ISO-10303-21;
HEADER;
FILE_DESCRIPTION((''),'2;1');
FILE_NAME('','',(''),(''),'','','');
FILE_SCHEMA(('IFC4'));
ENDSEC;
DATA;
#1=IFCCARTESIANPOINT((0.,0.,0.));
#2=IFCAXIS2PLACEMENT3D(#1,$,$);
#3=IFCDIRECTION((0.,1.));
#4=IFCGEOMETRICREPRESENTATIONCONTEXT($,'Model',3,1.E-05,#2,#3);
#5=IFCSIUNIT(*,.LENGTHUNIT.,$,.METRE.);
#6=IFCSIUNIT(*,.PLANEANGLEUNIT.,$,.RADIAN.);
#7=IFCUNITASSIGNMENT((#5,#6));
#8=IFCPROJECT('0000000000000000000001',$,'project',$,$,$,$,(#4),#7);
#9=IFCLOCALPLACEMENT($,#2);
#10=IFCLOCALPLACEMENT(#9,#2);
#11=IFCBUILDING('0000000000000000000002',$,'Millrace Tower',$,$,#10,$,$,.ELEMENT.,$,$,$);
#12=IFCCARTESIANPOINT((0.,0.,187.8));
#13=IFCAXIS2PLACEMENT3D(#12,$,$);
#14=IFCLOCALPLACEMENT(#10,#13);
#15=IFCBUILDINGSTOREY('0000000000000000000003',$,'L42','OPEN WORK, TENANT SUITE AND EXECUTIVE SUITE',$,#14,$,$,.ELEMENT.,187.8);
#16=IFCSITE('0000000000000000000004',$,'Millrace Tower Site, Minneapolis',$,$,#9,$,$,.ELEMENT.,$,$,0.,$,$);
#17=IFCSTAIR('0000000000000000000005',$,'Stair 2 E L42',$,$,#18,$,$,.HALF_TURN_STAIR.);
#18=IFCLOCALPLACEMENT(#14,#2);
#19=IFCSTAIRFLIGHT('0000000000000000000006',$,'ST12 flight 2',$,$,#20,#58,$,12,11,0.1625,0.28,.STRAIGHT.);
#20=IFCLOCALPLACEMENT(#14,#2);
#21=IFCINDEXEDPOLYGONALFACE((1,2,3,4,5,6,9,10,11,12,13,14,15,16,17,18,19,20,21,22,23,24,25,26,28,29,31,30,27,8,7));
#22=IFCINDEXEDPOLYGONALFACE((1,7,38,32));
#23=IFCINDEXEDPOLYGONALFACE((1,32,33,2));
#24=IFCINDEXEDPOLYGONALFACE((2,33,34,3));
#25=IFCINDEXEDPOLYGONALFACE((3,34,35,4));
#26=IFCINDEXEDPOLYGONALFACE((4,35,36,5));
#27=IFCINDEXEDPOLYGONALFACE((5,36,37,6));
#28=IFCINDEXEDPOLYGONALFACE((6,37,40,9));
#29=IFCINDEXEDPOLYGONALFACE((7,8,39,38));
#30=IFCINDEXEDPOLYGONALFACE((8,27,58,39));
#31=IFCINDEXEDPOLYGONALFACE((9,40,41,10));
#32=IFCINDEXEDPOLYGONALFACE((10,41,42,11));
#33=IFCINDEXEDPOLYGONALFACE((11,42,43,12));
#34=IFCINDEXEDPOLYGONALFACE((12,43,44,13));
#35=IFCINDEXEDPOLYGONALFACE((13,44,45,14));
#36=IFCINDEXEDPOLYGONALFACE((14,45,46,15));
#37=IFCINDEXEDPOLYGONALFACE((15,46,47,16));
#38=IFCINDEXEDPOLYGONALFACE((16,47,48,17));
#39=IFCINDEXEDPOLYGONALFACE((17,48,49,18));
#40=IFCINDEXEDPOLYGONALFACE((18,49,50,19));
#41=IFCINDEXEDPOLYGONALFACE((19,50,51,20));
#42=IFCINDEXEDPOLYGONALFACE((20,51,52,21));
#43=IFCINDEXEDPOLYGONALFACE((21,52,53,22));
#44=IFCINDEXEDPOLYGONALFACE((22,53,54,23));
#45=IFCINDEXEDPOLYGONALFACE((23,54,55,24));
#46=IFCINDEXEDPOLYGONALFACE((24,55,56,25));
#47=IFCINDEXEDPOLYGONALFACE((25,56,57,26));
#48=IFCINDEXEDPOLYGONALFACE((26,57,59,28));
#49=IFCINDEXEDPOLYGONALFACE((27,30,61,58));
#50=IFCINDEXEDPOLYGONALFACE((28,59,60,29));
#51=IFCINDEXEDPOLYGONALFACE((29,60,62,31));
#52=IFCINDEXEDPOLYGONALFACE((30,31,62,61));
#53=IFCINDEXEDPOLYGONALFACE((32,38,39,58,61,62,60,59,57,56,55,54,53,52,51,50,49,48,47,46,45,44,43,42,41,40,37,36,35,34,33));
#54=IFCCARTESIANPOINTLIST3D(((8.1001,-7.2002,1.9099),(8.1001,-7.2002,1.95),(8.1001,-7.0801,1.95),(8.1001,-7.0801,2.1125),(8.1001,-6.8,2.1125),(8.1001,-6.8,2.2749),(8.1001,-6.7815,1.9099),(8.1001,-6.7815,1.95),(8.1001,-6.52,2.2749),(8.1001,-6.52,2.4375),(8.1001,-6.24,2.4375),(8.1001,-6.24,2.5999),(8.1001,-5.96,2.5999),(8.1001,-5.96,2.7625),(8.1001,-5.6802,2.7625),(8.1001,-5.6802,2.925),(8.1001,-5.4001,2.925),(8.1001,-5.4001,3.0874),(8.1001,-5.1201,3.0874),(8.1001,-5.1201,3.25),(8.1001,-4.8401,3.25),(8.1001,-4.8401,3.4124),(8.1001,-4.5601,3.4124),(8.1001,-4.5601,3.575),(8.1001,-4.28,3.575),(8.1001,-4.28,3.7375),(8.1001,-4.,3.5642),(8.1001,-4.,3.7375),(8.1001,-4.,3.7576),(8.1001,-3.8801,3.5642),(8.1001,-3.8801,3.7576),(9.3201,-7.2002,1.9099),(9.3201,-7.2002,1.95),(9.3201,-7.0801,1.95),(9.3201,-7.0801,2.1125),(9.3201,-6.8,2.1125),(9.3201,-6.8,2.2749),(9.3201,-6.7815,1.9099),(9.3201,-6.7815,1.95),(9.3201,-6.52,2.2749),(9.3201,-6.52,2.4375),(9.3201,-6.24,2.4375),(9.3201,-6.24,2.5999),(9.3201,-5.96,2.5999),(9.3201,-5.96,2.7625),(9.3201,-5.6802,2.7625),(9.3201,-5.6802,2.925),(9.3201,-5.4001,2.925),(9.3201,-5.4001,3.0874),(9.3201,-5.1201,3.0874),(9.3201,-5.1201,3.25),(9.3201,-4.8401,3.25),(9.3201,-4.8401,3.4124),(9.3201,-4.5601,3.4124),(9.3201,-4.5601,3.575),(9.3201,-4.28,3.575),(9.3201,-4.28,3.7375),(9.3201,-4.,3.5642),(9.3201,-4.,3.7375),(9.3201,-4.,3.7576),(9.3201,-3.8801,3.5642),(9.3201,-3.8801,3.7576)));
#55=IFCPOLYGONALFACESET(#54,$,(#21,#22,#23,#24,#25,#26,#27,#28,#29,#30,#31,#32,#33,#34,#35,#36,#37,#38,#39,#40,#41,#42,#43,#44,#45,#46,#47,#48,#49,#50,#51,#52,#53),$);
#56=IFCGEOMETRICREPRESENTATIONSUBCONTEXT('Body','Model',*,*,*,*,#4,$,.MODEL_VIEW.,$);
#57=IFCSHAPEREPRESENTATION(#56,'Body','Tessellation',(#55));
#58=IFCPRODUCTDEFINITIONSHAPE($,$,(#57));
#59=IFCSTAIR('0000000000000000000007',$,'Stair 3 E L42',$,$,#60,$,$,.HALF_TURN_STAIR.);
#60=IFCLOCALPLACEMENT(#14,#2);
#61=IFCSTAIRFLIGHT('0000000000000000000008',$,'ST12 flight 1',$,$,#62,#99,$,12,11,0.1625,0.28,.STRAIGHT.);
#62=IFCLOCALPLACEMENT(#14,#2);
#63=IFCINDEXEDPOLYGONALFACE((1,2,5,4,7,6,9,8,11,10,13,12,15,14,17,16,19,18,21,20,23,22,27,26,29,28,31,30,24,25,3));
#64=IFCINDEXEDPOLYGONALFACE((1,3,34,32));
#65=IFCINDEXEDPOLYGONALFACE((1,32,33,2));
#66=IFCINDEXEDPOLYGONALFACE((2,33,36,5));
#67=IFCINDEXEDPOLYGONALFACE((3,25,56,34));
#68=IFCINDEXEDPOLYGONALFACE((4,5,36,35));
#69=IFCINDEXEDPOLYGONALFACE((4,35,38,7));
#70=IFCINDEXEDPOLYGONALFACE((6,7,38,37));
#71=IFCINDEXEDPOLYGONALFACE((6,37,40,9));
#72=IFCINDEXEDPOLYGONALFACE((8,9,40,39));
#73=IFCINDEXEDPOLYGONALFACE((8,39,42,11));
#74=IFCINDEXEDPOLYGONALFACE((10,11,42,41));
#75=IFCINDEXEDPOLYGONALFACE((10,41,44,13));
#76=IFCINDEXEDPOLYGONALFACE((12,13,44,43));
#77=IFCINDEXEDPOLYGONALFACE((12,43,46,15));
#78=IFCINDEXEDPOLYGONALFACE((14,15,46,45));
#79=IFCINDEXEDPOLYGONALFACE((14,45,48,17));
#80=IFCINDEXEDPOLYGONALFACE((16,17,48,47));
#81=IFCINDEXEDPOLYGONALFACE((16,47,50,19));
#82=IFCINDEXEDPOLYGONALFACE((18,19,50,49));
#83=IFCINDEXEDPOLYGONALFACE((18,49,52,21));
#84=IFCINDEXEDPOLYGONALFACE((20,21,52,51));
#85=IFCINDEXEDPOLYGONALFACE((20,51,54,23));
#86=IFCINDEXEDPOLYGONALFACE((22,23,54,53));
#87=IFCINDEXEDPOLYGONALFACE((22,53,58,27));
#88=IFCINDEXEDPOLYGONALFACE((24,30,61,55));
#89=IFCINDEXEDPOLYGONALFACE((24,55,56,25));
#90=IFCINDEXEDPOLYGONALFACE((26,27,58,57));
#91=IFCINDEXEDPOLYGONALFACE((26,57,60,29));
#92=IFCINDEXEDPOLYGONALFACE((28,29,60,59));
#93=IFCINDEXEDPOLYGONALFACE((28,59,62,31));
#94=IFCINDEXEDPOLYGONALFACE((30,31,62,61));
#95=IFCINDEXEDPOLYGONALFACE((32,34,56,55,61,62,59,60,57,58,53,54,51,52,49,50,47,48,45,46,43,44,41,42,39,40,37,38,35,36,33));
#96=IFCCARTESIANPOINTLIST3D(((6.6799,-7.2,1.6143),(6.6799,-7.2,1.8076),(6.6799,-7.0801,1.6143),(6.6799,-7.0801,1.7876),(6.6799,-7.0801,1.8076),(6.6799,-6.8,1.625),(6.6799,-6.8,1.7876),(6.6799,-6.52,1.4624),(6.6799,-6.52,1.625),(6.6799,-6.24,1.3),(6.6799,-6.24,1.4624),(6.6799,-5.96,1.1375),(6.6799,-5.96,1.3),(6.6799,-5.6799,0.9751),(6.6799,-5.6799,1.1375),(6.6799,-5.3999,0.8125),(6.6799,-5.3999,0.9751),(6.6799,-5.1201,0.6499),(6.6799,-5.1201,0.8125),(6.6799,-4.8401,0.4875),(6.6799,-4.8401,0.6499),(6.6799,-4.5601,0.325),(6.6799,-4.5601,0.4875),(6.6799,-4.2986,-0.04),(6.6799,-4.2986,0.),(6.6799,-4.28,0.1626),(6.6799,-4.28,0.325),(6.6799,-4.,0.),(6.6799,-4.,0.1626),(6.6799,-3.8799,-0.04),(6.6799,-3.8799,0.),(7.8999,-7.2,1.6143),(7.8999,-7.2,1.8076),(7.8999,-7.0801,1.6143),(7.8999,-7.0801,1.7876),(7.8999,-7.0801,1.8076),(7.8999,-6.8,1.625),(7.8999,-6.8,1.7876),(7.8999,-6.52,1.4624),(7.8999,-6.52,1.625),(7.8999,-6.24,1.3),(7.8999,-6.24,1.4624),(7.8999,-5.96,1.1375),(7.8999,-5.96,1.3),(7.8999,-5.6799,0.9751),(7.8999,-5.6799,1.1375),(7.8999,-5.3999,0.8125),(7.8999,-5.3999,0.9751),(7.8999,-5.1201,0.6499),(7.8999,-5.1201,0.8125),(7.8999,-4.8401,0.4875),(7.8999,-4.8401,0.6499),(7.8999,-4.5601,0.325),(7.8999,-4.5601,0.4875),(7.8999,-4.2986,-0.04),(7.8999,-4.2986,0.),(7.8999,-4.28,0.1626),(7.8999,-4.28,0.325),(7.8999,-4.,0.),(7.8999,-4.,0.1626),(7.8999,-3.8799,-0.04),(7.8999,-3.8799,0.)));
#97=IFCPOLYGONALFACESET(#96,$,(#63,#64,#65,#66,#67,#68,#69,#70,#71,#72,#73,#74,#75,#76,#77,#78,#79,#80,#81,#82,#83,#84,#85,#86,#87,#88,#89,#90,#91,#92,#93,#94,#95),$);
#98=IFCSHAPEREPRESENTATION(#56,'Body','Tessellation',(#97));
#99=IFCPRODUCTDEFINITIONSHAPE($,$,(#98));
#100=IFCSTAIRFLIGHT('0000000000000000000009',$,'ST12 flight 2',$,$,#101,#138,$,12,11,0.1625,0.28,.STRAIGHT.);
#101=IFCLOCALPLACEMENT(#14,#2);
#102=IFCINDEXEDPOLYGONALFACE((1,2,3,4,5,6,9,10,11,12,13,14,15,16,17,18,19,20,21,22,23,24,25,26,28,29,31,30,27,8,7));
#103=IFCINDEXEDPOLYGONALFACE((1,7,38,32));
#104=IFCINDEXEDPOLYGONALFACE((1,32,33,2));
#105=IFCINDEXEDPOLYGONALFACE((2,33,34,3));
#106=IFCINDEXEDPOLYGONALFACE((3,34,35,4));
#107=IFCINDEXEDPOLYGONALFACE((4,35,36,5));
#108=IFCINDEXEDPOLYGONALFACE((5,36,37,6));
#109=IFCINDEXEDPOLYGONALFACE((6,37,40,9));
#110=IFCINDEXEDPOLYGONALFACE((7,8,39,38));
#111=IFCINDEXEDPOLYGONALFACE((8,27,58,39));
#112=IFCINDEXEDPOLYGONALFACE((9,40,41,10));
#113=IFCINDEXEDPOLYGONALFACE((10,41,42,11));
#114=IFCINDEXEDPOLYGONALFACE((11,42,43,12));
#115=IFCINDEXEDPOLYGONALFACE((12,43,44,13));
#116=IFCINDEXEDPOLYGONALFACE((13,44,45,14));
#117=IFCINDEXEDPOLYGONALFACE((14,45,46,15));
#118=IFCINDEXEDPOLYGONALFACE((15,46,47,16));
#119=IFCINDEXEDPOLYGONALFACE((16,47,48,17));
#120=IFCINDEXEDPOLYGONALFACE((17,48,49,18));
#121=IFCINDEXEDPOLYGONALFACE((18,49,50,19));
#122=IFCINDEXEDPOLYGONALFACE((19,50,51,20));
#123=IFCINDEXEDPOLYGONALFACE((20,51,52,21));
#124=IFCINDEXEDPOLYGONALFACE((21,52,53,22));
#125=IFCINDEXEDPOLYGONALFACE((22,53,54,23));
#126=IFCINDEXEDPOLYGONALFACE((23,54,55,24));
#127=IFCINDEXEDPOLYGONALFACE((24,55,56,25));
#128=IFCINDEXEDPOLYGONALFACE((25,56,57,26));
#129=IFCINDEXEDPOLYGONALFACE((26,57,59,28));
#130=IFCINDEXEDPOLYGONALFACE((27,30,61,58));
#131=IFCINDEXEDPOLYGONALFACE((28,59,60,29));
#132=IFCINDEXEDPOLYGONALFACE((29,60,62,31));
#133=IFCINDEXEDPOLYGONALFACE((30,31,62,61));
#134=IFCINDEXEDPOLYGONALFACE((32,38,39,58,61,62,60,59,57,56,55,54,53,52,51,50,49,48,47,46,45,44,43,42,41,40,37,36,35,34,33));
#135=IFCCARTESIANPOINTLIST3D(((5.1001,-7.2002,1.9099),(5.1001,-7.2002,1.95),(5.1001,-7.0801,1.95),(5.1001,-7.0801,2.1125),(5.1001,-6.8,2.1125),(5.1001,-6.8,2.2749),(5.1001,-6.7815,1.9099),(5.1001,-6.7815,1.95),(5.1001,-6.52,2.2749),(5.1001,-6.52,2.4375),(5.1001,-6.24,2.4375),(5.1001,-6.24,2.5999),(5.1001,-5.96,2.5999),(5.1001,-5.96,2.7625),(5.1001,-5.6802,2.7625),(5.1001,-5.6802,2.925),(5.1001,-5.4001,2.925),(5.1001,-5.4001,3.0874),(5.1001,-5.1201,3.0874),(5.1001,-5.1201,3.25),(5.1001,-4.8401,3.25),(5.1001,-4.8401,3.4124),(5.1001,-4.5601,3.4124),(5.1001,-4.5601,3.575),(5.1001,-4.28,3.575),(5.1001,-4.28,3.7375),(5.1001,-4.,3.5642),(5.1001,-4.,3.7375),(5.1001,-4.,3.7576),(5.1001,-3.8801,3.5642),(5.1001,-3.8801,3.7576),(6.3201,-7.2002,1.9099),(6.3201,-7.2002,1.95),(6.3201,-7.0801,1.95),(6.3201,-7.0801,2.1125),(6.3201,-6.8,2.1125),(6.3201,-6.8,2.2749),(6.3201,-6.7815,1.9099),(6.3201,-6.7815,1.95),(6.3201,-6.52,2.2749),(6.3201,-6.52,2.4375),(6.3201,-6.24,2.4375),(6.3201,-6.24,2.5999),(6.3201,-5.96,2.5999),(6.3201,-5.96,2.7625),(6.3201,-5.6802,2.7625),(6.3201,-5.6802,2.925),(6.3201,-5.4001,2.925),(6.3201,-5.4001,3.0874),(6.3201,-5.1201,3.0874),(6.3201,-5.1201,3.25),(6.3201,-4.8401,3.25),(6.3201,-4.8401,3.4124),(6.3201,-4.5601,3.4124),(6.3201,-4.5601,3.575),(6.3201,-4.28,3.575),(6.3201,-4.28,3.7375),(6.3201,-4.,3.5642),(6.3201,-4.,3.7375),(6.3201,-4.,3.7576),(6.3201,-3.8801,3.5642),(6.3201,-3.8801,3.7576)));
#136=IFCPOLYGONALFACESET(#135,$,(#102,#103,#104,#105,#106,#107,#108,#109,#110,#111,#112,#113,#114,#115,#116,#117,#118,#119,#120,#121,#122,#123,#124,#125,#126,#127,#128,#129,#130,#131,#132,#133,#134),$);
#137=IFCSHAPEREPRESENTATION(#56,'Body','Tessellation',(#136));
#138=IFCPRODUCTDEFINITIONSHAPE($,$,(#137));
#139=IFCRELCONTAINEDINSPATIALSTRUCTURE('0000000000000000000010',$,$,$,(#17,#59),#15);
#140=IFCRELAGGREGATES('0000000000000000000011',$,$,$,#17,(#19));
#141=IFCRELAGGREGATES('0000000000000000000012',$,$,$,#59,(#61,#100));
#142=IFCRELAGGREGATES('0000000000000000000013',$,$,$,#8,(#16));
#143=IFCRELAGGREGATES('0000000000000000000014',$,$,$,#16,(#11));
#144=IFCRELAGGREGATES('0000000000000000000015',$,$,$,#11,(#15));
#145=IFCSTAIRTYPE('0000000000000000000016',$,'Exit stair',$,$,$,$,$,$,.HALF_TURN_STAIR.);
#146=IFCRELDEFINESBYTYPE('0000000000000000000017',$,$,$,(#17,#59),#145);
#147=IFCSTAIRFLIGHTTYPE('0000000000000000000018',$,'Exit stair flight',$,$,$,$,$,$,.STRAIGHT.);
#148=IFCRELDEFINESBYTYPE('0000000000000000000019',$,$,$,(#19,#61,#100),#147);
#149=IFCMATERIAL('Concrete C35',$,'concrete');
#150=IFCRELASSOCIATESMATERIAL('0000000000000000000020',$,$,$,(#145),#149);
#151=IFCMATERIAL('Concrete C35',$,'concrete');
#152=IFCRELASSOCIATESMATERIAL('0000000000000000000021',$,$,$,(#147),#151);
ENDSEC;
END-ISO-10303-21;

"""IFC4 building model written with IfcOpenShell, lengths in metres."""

from ifc_helpers import new_model, si_unit, direction, frame, origin, place, context, subcontext, project, spatial, polyline, outline, extrude, material, type_object, element, aggregate, save


model = new_model("IFC4")

# Units and contexts
model_context = context("Model", 3, precision=1e-05, world=origin(), true_north=direction((0.0, 1.0)))
body_context = subcontext(model_context, "Body", "Model", "MODEL_VIEW")
ifc_project = project(units=[si_unit("LENGTHUNIT", "METRE"), si_unit("PLANEANGLEUNIT", "RADIAN")], contexts=[model_context])

# Site, building, storey
site_placement = place(None, origin())
site = spatial("IfcSite", under=ifc_project, at=site_placement, Name="Millrace Tower Site, Minneapolis", CompositionType="ELEMENT", RefElevation=0.0)
building_placement = place(site_placement, origin())
building = spatial("IfcBuilding", under=site, at=building_placement, Name="Millrace Tower", CompositionType="ELEMENT")
storey_placement = place(building_placement, frame((0.0, 0.0, 187.8)))
storey = spatial("IfcBuildingStorey", under=building, at=storey_placement, Name="L42", Description="OPEN WORK, TENANT SUITE AND EXECUTIVE SUITE", CompositionType="ELEMENT", Elevation=187.8)

# Shared definitions
placement = place(storey_placement, origin())

# Stair, stair flight
ifc_material_1 = material(Name="Concrete C35", Category="concrete")
stair_type = type_object("IfcStairType", Name="Exit stair", PredefinedType="HALF_TURN_STAIR", material=ifc_material_1)
stair_1 = element("IfcStair", 1, at=placement, inside=storey, type_object=stair_type, Name="Stair 2 E L42", PredefinedType="HALF_TURN_STAIR")
ifc_material_2 = material(Name="Concrete C35", Category="concrete")
stair_flight_type = type_object("IfcStairFlightType", Name="Exit stair flight", PredefinedType="STRAIGHT", material=ifc_material_2)
stair_flight_1_placement = place(storey_placement, frame((8.71, -7.0801, 1.95), z_axis=(0.0, 0.0, 1.0), x_axis=(0.0, 1.0, 0.0)))
stair_flight_1 = element("IfcStairFlight", 2, at=stair_flight_1_placement, type_object=stair_flight_type, Name="ST12 flight 2", NumberOfRisers=12, NumberOfTreads=11, PredefinedType="STRAIGHT", RiserHeight=0.1625, TreadLength=0.28, context=body_context, shape_type="SweptSolid", body=[
    extrude(outline(polyline([(-0.1201, -0.04), (-0.1201, 0.0), (0.0, 0.0), (0.0, 0.1626), (0.28, 0.1626), (0.28, 0.325), (0.5601, 0.325), (0.5601, 0.4875), (0.8401, 0.4875), (0.8401, 0.6499), (1.1201, 0.6499), (1.1201, 0.8125), (1.3999, 0.8125), (1.3999, 0.9751), (1.6799, 0.9751), (1.6799, 1.1375), (1.96, 1.1375), (1.96, 1.3), (2.24, 1.3), (2.24, 1.4624), (2.52, 1.4624), (2.52, 1.625), (2.8, 1.625), (2.8, 1.7876), (3.0801, 1.7876), (3.0801, 1.8076), (3.2, 1.8076), (3.2, 1.6143), (3.0801, 1.6143), (0.2986, 0.0), (0.2986, -0.04), (-0.1201, -0.04)])), frame((0.0, 0.6099, 0.0), z_axis=(0.0, -1.0, 0.0), x_axis=(1.0, 0.0, 0.0)), (0.0, 0.0, 1.0), 1.22),
])
aggregate(stair_1, [stair_flight_1])

# Stair, stair flights
stair_2 = element("IfcStair", 3, at=placement, inside=storey, type_object=stair_type, Name="Stair 3 E L42", PredefinedType="HALF_TURN_STAIR")
stair_flight_2_placement = place(storey_placement, frame((7.29, -4.0, 0.0), z_axis=(0.0, 0.0, 1.0), x_axis=(0.0, -1.0, 0.0)))
stair_flight_2 = element("IfcStairFlight", 4, at=stair_flight_2_placement, type_object=stair_flight_type, Name="ST12 flight 1", NumberOfRisers=12, NumberOfTreads=11, PredefinedType="STRAIGHT", RiserHeight=0.1625, TreadLength=0.28, context=body_context, shape_type="SweptSolid", body=[
    extrude(outline(polyline([(-0.1201, -0.04), (-0.1201, 0.0), (0.0, 0.0), (0.0, 0.1626), (0.28, 0.1626), (0.28, 0.325), (0.5601, 0.325), (0.5601, 0.4875), (0.8401, 0.4875), (0.8401, 0.6499), (1.1201, 0.6499), (1.1201, 0.8125), (1.3999, 0.8125), (1.3999, 0.9751), (1.6799, 0.9751), (1.6799, 1.1375), (1.96, 1.1375), (1.96, 1.3), (2.24, 1.3), (2.24, 1.4624), (2.52, 1.4624), (2.52, 1.625), (2.8, 1.625), (2.8, 1.7876), (3.0801, 1.7876), (3.0801, 1.8076), (3.2, 1.8076), (3.2, 1.6143), (3.0801, 1.6143), (0.2986, 0.0), (0.2986, -0.04), (-0.1201, -0.04)])), frame((0.0, 0.6099, 0.0), z_axis=(0.0, -1.0, 0.0), x_axis=(1.0, 0.0, 0.0)), (0.0, 0.0, 1.0), 1.22),
])
stair_flight_3_placement = place(storey_placement, frame((5.71, -7.0801, 1.95), z_axis=(0.0, 0.0, 1.0), x_axis=(0.0, 1.0, 0.0)))
stair_flight_3 = element("IfcStairFlight", 5, at=stair_flight_3_placement, type_object=stair_flight_type, Name="ST12 flight 2", NumberOfRisers=12, NumberOfTreads=11, PredefinedType="STRAIGHT", RiserHeight=0.1625, TreadLength=0.28, context=body_context, shape_type="SweptSolid", body=[
    extrude(outline(polyline([(-0.1201, -0.04), (-0.1201, 0.0), (0.0, 0.0), (0.0, 0.1626), (0.28, 0.1626), (0.28, 0.325), (0.5601, 0.325), (0.5601, 0.4875), (0.8401, 0.4875), (0.8401, 0.6499), (1.1201, 0.6499), (1.1201, 0.8125), (1.3999, 0.8125), (1.3999, 0.9751), (1.6799, 0.9751), (1.6799, 1.1375), (1.96, 1.1375), (1.96, 1.3), (2.24, 1.3), (2.24, 1.4624), (2.52, 1.4624), (2.52, 1.625), (2.8, 1.625), (2.8, 1.7876), (3.0801, 1.7876), (3.0801, 1.8076), (3.2, 1.8076), (3.2, 1.6143), (3.0801, 1.6143), (0.2986, 0.0), (0.2986, -0.04), (-0.1201, -0.04)])), frame((0.0, 0.6099, 0.0), z_axis=(0.0, -1.0, 0.0), x_axis=(1.0, 0.0, 0.0)), (0.0, 0.0, 1.0), 1.22),
])
aggregate(stair_2, [stair_flight_2, stair_flight_3])

save(model, "model.ifc")
